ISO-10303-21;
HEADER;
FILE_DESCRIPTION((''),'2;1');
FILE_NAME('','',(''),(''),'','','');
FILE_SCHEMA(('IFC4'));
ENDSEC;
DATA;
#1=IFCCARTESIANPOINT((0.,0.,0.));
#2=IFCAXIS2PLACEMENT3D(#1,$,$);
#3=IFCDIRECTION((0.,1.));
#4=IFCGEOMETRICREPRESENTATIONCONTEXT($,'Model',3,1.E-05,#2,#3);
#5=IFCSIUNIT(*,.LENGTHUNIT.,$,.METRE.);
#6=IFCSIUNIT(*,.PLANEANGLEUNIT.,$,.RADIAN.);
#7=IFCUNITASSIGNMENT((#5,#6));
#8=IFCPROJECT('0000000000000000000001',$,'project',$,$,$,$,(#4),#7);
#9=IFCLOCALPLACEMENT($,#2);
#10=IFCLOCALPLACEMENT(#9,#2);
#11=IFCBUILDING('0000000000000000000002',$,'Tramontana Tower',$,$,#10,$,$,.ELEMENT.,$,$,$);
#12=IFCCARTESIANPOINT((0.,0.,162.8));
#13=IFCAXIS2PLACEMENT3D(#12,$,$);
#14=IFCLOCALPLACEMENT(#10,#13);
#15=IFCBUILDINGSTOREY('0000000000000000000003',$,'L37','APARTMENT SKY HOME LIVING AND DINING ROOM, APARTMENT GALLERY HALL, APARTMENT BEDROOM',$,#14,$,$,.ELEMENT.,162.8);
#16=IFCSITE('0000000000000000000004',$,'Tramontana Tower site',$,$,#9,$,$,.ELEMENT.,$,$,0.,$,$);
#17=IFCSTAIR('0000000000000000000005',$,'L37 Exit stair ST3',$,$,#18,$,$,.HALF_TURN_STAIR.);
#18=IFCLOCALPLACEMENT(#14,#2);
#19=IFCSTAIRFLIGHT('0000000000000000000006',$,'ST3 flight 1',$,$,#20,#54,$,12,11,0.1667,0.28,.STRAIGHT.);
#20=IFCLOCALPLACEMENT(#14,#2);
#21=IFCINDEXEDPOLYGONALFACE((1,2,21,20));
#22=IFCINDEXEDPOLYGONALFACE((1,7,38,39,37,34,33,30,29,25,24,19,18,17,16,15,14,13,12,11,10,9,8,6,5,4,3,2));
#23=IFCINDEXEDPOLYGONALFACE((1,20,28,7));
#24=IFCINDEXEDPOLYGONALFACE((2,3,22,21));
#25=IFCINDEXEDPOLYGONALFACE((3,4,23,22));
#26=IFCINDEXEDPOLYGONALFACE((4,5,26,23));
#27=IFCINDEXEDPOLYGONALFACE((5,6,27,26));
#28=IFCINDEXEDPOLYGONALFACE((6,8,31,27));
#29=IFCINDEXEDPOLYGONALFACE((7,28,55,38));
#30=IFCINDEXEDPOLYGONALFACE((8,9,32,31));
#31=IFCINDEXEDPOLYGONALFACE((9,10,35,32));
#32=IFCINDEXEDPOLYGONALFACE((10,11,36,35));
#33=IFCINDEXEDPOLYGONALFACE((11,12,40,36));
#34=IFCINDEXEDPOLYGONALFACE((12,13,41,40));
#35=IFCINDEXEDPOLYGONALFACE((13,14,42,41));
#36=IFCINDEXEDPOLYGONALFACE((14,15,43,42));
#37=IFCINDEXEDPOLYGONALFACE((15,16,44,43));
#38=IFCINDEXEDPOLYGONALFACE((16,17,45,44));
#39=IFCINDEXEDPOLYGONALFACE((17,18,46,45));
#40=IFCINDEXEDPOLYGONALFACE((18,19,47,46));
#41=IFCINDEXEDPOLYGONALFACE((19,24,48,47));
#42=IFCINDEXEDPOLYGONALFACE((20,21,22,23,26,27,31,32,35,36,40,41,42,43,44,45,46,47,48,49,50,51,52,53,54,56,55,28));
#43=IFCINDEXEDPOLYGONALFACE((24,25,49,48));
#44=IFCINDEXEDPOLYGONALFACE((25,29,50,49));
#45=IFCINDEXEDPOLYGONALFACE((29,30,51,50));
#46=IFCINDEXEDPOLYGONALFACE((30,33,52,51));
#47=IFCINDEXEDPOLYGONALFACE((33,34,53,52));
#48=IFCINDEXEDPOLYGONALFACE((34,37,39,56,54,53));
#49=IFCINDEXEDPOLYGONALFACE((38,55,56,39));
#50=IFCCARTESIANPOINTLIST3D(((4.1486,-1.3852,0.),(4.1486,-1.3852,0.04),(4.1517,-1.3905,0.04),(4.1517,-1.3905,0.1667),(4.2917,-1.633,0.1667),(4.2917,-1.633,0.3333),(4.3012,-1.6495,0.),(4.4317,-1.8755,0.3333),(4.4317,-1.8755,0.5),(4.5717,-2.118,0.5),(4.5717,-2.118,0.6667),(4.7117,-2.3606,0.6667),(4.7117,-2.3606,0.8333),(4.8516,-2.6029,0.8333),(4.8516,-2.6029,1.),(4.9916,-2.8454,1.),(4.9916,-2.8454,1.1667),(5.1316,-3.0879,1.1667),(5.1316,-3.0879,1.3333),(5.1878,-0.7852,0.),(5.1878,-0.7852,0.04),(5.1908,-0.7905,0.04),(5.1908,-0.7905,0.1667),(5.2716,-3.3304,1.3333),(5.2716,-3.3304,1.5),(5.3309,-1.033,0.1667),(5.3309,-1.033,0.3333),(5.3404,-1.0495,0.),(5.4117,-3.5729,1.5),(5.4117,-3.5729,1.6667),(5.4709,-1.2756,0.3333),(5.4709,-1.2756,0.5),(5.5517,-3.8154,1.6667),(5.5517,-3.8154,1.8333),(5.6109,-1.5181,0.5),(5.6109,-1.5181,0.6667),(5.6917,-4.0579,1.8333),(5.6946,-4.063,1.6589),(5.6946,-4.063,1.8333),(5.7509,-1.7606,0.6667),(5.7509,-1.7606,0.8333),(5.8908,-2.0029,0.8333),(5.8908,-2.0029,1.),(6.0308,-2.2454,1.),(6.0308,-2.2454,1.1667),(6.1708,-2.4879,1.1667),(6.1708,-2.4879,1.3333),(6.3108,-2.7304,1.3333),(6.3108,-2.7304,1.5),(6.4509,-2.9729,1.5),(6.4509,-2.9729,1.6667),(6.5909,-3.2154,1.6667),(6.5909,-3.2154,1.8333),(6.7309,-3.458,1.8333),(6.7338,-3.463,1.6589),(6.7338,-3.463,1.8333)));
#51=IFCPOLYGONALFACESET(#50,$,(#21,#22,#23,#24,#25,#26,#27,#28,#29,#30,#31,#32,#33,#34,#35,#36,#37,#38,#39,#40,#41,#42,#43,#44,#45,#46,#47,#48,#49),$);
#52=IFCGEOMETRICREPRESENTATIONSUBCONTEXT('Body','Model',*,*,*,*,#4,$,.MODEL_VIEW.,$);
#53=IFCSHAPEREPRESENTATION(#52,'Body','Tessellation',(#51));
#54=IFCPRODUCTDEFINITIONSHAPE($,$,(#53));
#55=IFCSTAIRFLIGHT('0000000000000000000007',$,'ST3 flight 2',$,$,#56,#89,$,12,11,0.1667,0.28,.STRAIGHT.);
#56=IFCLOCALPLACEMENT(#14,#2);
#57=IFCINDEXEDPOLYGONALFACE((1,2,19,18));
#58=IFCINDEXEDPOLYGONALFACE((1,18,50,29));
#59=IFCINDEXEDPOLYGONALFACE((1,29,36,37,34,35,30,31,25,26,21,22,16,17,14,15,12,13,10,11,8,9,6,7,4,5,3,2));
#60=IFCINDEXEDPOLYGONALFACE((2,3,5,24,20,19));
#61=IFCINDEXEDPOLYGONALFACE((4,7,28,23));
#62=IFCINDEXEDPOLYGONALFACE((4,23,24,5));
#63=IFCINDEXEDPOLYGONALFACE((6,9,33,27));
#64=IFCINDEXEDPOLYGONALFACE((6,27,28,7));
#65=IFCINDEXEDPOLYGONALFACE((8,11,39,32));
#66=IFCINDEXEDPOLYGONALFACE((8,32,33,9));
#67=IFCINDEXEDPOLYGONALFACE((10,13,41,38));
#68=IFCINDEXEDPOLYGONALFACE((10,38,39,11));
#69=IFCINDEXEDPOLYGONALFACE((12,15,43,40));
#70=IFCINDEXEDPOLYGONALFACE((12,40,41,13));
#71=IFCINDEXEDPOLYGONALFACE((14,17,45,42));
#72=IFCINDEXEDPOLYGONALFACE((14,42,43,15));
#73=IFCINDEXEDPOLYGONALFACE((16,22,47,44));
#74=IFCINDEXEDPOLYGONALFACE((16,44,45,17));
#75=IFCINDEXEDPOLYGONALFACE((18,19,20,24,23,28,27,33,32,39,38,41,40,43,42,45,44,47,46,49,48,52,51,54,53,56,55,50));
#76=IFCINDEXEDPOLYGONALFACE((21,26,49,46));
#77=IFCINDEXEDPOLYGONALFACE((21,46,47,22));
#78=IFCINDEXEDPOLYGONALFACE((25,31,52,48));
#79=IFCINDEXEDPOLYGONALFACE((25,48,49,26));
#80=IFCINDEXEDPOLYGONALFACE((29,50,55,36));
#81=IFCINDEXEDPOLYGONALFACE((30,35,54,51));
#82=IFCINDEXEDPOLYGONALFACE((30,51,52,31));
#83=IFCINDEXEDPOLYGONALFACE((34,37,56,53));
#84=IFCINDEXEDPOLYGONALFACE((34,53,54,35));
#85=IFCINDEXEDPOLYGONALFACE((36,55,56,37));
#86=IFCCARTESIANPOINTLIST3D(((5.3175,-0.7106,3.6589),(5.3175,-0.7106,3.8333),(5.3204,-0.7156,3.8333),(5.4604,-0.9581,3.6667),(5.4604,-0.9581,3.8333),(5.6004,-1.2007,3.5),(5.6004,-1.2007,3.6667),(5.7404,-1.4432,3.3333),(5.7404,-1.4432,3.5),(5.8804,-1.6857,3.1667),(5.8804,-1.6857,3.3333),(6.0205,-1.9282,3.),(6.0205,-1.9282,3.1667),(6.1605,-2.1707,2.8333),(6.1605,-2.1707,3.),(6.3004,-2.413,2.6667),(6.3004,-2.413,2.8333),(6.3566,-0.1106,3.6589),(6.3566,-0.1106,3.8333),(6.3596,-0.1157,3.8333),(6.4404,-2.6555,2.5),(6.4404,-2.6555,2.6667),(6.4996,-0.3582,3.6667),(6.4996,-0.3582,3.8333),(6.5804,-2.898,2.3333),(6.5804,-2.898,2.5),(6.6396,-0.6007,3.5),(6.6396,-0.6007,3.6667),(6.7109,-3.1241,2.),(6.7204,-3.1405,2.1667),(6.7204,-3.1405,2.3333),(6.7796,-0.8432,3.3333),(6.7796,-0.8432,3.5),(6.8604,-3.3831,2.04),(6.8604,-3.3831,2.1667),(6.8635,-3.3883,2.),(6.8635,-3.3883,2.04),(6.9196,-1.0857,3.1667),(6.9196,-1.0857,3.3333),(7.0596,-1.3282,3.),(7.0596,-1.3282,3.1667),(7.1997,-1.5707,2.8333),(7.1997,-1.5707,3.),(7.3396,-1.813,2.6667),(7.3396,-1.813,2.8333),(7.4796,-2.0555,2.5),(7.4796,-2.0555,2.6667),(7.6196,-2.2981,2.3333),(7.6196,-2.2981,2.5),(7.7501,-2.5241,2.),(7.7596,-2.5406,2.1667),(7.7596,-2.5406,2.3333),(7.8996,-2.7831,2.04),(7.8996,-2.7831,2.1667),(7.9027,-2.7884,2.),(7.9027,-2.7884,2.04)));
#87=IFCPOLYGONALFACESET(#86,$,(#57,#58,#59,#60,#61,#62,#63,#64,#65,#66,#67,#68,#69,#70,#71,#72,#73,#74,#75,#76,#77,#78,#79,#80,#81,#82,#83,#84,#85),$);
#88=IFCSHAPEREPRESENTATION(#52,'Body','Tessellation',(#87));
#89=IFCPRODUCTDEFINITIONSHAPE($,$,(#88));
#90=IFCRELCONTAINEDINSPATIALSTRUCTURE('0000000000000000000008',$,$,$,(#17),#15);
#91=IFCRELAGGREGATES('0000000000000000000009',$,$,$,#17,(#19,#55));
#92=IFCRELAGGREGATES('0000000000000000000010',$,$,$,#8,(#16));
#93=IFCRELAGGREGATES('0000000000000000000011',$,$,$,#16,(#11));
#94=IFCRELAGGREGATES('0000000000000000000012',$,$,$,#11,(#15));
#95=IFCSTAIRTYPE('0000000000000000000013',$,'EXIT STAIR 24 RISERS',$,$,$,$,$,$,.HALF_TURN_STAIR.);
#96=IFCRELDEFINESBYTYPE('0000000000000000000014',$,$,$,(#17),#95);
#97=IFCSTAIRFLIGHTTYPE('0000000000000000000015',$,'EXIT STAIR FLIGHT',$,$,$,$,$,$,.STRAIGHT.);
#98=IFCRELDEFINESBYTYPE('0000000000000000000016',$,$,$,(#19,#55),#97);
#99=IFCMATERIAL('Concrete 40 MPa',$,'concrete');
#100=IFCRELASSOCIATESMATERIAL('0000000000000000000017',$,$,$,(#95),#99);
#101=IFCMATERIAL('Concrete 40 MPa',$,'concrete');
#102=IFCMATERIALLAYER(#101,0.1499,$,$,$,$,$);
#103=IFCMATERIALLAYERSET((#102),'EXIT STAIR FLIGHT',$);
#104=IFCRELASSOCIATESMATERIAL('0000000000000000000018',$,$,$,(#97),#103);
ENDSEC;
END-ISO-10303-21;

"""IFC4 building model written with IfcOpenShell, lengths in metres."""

from ifc_helpers import new_model, si_unit, direction, frame, origin, place, context, subcontext, project, spatial, polyline, outline, extrude, material, layer, layer_set, type_object, element, aggregate, save


model = new_model("IFC4")

# Units and contexts
model_context = context("Model", 3, precision=1e-05, world=origin(), true_north=direction((0.0, 1.0)))
body_context = subcontext(model_context, "Body", "Model", "MODEL_VIEW")
ifc_project = project(units=[si_unit("LENGTHUNIT", "METRE"), si_unit("PLANEANGLEUNIT", "RADIAN")], contexts=[model_context])

# Site, building, storey
site_placement = place(None, origin())
site = spatial("IfcSite", under=ifc_project, at=site_placement, Name="Tramontana Tower site", CompositionType="ELEMENT", RefElevation=0.0)
building_placement = place(site_placement, origin())
building = spatial("IfcBuilding", under=site, at=building_placement, Name="Tramontana Tower", CompositionType="ELEMENT")
storey_placement = place(building_placement, frame((0.0, 0.0, 162.8)))
storey = spatial("IfcBuildingStorey", under=building, at=storey_placement, Name="L37", Description="APARTMENT SKY HOME LIVING AND DINING ROOM, APARTMENT GALLERY HALL, APARTMENT BEDROOM", CompositionType="ELEMENT", Elevation=162.8)

# Stair, stair flights
ifc_material_1 = material(Name="Concrete 40 MPa", Category="concrete")
stair_type = type_object("IfcStairType", Name="EXIT STAIR 24 RISERS", PredefinedType="HALF_TURN_STAIR", material=ifc_material_1)
stair_placement = place(storey_placement, origin())
stair = element("IfcStair", 1, at=stair_placement, inside=storey, type_object=stair_type, Name="L37 Exit stair ST3", PredefinedType="HALF_TURN_STAIR")
ifc_material_2 = material(Name="Concrete 40 MPa", Category="concrete")
ifc_layer_1 = layer(ifc_material_2, 0.1499)
ifc_layer_set_1 = layer_set([ifc_layer_1], Name="EXIT STAIR FLIGHT")
stair_flight_type = type_object("IfcStairFlightType", Name="EXIT STAIR FLIGHT", PredefinedType="STRAIGHT", material=ifc_layer_set_1)
stair_flight_1_placement = place(storey_placement, frame((4.6711, -1.0906, 0.0), z_axis=(0.0, 0.0, 1.0), x_axis=(0.5, -0.866025, 0.0)))
stair_flight_1 = element("IfcStairFlight", 2, at=stair_flight_1_placement, type_object=stair_flight_type, Name="ST3 flight 1", NumberOfRisers=12, NumberOfTreads=11, PredefinedType="STRAIGHT", RiserHeight=0.1667, TreadLength=0.28, context=body_context, shape_type="SweptSolid", body=[
    extrude(outline(polyline([(-0.0061, 0.0), (-0.0061, 0.04), (0.0, 0.04), (0.0, 0.1667), (0.28, 0.1667), (0.28, 0.3333), (0.5601, 0.3333), (0.5601, 0.5), (0.8401, 0.5), (0.8401, 0.6667), (1.1201, 0.6667), (1.1201, 0.8333), (1.3999, 0.8333), (1.3999, 1.0), (1.6799, 1.0), (1.6799, 1.1667), (1.96, 1.1667), (1.96, 1.3333), (2.24, 1.3333), (2.24, 1.5), (2.52, 1.5), (2.52, 1.6667), (2.8, 1.6667), (2.8, 1.8333), (3.0801, 1.8333), (3.0859, 1.8333), (3.0859, 1.6589), (0.2991, 0.0), (-0.0061, 0.0)])), frame((0.0, 0.6001, 0.0), z_axis=(0.0, -1.0, 0.0), x_axis=(1.0, 0.0, 0.0)), (0.0, 0.0, 1.0), 1.2),
])
stair_flight_2_placement = place(storey_placement, frame((7.3801, -3.083, 2.0), z_axis=(0.0, 0.0, 1.0), x_axis=(-0.5, 0.866025, 0.0)))
stair_flight_2 = element("IfcStairFlight", 3, at=stair_flight_2_placement, type_object=stair_flight_type, Name="ST3 flight 2", NumberOfRisers=12, NumberOfTreads=11, PredefinedType="STRAIGHT", RiserHeight=0.1667, TreadLength=0.28, context=body_context, shape_type="SweptSolid", body=[
    extrude(outline(polyline([(-0.0061, 0.0), (-0.0061, 0.04), (0.0, 0.04), (0.0, 0.1667), (0.28, 0.1667), (0.28, 0.3333), (0.5601, 0.3333), (0.5601, 0.5), (0.8401, 0.5), (0.8401, 0.6667), (1.1201, 0.6667), (1.1201, 0.8333), (1.3999, 0.8333), (1.3999, 1.0), (1.6799, 1.0), (1.6799, 1.1667), (1.96, 1.1667), (1.96, 1.3333), (2.24, 1.3333), (2.24, 1.5), (2.52, 1.5), (2.52, 1.6667), (2.8, 1.6667), (2.8, 1.8333), (3.0801, 1.8333), (3.0859, 1.8333), (3.0859, 1.6589), (0.2991, 0.0), (-0.0061, 0.0)])), frame((0.0, 0.6001, 0.0), z_axis=(0.0, -1.0, 0.0), x_axis=(1.0, 0.0, 0.0)), (0.0, 0.0, 1.0), 1.2),
])
aggregate(stair, [stair_flight_1, stair_flight_2])

save(model, "model.ifc")
